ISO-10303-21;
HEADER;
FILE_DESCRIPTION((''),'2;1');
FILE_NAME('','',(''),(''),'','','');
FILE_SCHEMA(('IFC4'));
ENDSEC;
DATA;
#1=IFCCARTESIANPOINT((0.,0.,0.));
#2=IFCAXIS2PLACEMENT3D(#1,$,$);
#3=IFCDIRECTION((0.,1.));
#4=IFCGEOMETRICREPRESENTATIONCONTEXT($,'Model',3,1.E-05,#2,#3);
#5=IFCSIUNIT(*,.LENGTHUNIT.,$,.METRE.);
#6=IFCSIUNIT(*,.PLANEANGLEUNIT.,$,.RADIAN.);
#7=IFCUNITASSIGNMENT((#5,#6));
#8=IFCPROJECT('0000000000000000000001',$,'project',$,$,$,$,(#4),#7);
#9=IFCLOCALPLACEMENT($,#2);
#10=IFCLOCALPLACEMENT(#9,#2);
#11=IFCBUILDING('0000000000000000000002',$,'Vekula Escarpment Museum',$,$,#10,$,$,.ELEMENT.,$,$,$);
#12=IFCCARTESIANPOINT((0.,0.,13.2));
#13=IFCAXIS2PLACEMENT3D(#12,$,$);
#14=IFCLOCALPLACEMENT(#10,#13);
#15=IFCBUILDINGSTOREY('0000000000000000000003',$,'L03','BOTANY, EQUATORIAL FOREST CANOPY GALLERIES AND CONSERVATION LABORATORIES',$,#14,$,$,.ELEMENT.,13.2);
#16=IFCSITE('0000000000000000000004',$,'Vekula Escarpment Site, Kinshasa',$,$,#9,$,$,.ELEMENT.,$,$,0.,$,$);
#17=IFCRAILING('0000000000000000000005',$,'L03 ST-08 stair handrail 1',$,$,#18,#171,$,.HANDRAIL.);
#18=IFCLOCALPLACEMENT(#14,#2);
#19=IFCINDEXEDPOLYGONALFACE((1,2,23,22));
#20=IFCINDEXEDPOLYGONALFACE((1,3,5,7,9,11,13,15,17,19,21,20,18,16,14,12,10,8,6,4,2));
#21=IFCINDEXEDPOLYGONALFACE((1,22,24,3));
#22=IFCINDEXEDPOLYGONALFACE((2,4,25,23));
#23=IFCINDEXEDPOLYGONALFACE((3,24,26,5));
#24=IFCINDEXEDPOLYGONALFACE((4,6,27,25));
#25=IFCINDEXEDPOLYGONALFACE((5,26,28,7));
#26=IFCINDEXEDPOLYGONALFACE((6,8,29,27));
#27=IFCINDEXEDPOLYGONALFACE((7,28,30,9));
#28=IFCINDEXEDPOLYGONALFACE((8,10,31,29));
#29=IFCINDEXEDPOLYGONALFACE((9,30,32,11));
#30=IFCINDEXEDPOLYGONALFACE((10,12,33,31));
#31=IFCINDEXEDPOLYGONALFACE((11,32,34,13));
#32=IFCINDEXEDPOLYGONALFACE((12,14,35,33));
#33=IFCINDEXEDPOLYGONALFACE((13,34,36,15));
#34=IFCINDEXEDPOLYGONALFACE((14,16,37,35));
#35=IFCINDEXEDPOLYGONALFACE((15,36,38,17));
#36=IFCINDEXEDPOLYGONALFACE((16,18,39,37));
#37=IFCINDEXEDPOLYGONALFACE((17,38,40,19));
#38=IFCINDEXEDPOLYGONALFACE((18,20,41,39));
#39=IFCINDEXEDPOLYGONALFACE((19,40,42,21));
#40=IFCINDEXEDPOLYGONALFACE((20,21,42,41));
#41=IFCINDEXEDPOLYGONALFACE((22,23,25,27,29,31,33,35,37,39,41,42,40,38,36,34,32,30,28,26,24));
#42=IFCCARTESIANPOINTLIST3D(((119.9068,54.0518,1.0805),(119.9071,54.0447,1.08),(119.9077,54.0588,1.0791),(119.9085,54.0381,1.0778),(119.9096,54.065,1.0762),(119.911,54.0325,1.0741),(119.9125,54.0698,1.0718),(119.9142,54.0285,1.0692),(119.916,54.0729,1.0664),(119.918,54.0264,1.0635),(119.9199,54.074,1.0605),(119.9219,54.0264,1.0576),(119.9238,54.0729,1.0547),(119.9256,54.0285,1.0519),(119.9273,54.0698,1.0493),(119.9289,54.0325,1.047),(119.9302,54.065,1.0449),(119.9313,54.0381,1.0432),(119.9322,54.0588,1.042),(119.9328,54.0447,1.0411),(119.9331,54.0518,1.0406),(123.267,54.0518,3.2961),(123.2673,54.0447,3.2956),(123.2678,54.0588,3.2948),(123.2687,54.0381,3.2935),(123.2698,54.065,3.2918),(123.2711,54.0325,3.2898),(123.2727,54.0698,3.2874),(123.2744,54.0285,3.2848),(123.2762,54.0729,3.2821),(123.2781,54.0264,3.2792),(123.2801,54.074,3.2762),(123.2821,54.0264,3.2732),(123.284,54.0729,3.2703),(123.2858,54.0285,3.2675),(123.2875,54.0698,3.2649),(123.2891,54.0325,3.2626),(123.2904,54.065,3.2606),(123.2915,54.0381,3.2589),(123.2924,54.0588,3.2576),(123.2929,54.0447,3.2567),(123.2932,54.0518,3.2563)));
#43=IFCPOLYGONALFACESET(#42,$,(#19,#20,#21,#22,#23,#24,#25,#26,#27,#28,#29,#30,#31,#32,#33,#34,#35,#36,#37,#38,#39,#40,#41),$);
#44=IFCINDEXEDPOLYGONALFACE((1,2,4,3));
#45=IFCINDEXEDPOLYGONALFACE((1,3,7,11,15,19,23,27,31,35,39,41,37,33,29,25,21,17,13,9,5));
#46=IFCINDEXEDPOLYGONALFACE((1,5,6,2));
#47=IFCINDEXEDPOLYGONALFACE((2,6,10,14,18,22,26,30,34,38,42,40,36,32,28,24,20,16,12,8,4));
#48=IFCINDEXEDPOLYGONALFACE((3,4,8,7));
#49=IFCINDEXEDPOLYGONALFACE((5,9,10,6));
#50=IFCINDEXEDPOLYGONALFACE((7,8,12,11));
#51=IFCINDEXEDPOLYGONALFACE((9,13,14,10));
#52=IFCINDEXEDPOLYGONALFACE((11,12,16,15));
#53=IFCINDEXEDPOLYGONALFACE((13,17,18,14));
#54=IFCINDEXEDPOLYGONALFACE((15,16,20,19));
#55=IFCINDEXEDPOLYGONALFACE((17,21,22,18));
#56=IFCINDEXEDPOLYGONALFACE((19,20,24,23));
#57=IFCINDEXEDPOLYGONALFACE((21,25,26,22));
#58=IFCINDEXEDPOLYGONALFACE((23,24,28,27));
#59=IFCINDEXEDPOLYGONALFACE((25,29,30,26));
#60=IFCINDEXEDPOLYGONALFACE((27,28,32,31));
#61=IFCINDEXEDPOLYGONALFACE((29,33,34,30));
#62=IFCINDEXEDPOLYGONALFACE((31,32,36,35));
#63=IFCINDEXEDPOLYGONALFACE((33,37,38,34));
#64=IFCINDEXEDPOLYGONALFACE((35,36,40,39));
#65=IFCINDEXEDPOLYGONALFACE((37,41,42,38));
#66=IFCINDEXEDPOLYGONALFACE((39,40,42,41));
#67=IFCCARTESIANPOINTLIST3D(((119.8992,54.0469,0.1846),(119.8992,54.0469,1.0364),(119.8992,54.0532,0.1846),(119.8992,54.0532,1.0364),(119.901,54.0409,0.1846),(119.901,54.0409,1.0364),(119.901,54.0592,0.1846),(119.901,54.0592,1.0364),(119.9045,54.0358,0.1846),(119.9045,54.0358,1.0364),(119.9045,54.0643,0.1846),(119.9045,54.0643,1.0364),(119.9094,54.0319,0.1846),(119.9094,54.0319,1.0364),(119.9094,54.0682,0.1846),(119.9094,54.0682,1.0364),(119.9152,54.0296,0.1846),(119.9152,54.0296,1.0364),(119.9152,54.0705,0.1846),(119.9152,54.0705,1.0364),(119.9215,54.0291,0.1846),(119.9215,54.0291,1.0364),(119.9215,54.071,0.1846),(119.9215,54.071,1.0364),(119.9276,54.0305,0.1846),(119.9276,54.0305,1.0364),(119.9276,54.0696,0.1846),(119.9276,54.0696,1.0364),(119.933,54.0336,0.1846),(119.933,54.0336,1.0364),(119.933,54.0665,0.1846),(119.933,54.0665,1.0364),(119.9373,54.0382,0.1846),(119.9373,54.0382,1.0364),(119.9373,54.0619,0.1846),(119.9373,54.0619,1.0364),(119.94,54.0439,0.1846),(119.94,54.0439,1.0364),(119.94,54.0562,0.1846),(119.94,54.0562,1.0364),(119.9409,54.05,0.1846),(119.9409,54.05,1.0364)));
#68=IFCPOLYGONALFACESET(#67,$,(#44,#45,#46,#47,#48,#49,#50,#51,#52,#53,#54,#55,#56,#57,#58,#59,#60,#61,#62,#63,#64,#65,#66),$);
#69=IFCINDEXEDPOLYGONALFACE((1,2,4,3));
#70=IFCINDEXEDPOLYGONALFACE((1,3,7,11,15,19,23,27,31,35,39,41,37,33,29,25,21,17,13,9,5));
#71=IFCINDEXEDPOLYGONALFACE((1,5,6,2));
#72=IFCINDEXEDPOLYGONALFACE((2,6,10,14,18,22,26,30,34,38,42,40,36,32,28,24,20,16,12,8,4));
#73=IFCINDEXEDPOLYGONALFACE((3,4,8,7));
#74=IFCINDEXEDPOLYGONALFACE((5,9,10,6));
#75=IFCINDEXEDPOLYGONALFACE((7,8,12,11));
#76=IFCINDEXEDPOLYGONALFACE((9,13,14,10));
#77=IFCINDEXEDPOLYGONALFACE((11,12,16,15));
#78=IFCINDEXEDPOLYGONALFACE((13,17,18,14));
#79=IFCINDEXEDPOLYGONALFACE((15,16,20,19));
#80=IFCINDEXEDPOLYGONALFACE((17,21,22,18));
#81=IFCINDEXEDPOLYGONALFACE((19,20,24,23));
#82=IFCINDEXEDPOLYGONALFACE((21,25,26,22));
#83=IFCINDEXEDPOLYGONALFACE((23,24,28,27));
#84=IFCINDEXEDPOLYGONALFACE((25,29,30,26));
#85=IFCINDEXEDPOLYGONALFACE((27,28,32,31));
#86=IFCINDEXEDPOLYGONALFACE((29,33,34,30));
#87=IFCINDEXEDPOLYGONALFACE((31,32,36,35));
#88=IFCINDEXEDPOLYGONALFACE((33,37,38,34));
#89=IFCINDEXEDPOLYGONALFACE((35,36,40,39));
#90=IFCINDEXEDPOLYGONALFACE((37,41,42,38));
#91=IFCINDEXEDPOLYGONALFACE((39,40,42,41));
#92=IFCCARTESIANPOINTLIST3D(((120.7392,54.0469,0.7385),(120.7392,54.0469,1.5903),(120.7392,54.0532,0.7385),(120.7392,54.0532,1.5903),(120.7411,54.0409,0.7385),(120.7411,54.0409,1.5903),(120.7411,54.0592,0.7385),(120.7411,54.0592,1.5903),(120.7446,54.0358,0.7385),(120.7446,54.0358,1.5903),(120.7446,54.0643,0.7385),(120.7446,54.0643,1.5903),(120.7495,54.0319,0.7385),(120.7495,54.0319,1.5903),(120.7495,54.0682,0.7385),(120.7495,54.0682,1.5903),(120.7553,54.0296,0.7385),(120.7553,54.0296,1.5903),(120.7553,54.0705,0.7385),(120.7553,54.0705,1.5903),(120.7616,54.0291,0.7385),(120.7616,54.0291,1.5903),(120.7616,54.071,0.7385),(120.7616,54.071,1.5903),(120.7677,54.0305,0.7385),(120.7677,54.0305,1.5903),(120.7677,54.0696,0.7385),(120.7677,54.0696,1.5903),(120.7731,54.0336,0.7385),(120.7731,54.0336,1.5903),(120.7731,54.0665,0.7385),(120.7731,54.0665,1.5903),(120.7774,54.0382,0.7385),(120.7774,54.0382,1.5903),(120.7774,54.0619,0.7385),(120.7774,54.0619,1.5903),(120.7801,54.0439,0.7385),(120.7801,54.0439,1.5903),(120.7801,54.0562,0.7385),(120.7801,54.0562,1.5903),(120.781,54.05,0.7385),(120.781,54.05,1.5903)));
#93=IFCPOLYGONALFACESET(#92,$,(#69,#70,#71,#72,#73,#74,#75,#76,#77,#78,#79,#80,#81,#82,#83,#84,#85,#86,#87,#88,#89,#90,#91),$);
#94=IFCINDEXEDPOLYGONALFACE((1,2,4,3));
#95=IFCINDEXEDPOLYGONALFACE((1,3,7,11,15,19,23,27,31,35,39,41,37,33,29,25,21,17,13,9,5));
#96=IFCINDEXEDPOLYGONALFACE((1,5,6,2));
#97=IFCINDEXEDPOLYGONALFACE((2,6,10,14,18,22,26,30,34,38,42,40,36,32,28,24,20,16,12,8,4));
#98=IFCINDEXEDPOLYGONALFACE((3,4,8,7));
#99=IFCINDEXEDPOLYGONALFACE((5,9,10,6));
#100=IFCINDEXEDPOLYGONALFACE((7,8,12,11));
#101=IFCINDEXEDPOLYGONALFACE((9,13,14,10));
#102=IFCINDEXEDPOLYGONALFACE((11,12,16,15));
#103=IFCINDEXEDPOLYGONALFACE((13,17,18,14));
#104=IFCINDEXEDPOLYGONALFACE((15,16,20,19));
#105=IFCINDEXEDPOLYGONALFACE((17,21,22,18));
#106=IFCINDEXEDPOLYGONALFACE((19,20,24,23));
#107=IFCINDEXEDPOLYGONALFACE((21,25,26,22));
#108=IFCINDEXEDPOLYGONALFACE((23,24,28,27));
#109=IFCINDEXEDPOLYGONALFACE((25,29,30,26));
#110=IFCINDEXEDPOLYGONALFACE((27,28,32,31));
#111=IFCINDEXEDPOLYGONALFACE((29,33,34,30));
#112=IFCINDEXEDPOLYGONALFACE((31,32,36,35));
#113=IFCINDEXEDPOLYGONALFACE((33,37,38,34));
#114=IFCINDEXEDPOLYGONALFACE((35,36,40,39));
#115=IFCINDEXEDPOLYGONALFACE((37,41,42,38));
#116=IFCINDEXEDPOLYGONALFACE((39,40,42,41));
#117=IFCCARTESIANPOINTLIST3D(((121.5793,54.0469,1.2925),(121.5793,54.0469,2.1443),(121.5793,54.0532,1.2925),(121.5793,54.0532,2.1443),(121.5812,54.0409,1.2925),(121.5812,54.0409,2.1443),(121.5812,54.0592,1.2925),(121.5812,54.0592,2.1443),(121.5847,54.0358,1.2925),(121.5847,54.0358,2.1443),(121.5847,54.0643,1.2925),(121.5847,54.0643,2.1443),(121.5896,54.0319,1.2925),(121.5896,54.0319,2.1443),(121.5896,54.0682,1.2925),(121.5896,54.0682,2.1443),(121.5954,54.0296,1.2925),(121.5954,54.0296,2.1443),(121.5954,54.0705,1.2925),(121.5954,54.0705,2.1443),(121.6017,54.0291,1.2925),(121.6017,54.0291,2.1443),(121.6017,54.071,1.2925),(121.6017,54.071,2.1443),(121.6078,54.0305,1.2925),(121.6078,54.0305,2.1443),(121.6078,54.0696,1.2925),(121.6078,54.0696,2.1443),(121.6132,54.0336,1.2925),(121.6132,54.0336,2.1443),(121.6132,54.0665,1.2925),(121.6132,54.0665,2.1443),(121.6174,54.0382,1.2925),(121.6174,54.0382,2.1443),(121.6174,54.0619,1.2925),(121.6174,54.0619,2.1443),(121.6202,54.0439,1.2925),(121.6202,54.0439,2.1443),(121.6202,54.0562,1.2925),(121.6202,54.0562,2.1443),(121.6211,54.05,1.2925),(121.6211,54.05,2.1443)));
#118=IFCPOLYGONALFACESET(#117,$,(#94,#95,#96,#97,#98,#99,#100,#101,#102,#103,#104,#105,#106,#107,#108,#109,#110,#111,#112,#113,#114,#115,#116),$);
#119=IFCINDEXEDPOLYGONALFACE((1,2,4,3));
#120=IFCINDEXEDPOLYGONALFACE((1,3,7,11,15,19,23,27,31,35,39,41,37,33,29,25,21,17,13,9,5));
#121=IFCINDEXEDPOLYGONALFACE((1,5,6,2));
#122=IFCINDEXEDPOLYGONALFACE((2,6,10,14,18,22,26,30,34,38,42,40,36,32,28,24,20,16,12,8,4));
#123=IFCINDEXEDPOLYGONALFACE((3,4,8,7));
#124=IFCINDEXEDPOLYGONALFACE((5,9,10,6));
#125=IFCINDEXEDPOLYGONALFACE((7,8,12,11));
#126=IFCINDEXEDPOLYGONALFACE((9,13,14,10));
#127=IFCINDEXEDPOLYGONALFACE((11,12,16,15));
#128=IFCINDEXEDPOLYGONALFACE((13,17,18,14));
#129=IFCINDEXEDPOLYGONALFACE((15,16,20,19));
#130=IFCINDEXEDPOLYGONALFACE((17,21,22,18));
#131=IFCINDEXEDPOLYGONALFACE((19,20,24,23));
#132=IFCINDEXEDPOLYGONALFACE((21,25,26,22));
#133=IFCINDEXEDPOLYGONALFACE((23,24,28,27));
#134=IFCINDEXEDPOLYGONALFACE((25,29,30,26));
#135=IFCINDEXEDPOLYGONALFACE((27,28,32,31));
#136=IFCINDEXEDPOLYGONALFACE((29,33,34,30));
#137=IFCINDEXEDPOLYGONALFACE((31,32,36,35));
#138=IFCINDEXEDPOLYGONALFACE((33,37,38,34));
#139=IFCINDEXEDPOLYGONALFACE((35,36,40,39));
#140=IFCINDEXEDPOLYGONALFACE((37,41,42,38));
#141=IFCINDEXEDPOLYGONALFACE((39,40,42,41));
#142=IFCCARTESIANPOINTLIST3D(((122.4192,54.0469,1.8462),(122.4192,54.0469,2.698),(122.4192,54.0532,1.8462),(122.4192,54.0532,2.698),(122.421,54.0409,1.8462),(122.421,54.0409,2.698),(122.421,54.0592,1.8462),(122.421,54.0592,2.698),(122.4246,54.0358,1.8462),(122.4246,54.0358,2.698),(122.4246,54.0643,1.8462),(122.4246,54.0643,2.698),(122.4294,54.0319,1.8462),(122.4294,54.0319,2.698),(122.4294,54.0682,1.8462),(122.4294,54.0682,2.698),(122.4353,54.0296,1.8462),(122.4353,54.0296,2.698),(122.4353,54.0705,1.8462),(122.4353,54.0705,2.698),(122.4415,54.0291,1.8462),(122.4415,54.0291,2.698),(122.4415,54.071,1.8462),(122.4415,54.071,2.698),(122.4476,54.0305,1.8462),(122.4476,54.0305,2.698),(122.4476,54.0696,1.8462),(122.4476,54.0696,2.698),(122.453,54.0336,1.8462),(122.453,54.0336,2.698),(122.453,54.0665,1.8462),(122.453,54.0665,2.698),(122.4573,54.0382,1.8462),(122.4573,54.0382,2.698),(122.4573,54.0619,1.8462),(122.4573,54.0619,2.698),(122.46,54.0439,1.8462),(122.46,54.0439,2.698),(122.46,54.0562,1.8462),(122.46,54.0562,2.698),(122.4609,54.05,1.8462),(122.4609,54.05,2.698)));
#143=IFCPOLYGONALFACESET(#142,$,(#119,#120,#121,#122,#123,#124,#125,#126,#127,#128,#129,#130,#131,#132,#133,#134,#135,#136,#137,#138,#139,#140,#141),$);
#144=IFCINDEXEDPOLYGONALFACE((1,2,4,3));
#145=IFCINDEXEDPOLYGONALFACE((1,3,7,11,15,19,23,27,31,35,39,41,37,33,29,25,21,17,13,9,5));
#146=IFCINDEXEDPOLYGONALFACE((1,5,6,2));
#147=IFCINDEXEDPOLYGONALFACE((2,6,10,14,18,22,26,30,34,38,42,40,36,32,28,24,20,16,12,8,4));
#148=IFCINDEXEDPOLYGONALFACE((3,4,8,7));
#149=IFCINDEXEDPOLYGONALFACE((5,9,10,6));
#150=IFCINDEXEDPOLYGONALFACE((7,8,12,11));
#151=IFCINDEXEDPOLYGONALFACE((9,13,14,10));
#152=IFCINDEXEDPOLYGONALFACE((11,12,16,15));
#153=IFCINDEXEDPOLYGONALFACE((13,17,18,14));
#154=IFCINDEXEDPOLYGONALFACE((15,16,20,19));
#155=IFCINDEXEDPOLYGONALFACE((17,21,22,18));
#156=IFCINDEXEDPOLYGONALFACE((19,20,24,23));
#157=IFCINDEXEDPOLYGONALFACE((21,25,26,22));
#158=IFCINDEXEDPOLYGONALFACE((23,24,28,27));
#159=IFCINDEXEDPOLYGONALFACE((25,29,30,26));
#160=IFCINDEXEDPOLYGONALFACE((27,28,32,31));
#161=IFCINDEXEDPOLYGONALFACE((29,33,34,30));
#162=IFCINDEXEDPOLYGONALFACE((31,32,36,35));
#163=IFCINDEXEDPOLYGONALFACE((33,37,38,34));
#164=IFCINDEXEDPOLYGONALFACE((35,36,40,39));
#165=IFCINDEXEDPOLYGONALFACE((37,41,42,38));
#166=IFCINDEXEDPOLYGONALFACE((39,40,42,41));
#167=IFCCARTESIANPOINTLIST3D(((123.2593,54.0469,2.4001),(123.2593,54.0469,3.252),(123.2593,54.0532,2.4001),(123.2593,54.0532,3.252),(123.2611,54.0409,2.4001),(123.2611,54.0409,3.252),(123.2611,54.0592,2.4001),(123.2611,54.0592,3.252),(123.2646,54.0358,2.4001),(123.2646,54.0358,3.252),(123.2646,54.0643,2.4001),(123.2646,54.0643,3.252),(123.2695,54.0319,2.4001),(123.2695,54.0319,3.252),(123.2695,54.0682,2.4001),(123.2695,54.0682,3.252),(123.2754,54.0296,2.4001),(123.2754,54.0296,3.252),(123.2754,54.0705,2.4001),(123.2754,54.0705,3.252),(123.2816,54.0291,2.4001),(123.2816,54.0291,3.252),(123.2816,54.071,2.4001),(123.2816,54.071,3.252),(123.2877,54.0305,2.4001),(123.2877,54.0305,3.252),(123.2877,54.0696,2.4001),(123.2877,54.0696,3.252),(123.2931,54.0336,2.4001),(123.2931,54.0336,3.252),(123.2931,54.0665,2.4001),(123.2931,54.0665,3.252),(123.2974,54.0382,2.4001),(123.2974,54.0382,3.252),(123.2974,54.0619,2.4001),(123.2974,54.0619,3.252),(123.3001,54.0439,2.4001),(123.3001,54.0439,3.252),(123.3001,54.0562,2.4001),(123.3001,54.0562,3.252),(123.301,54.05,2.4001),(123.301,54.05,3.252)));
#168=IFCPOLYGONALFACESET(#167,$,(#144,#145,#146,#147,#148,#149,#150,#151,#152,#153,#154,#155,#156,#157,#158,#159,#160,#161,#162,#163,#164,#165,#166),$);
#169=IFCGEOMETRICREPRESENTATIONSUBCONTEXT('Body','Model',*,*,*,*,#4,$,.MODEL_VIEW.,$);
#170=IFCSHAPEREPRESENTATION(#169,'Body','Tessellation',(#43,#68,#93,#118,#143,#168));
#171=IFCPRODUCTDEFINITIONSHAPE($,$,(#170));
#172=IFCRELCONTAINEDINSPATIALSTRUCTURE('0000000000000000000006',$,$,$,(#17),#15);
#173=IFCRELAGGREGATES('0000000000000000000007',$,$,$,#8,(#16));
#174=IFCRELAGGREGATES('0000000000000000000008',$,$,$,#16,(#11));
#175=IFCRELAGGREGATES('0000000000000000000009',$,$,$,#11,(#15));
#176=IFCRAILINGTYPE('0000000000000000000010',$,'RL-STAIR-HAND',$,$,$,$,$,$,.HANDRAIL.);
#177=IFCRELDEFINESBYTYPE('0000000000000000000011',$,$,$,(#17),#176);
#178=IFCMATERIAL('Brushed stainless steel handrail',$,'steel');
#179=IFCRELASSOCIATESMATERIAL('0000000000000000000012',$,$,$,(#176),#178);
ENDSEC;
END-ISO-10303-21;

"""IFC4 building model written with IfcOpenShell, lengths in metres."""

from ifc_helpers import new_model, si_unit, direction, frame, origin, origin_2d, place, context, subcontext, project, spatial, circle, extrude, material, type_object, element, save


model = new_model("IFC4")

# Units and contexts
model_context = context("Model", 3, precision=1e-05, world=origin(), true_north=direction((0.0, 1.0)))
body_context = subcontext(model_context, "Body", "Model", "MODEL_VIEW")
ifc_project = project(units=[si_unit("LENGTHUNIT", "METRE"), si_unit("PLANEANGLEUNIT", "RADIAN")], contexts=[model_context])

# Site, building, storey
site_placement = place(None, origin())
site = spatial("IfcSite", under=ifc_project, at=site_placement, Name="Vekula Escarpment Site, Kinshasa", CompositionType="ELEMENT", RefElevation=0.0)
building_placement = place(site_placement, origin())
building = spatial("IfcBuilding", under=site, at=building_placement, Name="Vekula Escarpment Museum", CompositionType="ELEMENT")
storey_placement = place(building_placement, frame((0.0, 0.0, 13.2)))
storey = spatial("IfcBuildingStorey", under=building, at=storey_placement, Name="L03", Description="BOTANY, EQUATORIAL FOREST CANOPY GALLERIES AND CONSERVATION LABORATORIES", CompositionType="ELEMENT", Elevation=13.2)

# Railing
ifc_material_1 = material(Name="Brushed stainless steel handrail", Category="steel")
railing_type_1 = type_object("IfcRailingType", Name="RL-STAIR-HAND", PredefinedType="HANDRAIL", material=ifc_material_1)
railing_1_placement = place(storey_placement, frame((119.9199, 54.05, 0.1846)))
element("IfcRailing", 1, at=railing_1_placement, inside=storey, type_object=railing_type_1, Name="L03 ST-08 stair handrail 1", PredefinedType="HANDRAIL", context=body_context, shape_type="SweptSolid", body=[
    extrude(circle(Radius=0.0239, at=origin_2d()), frame((0.0, 0.0, 0.876), z_axis=(0.834849, 0.0, 0.55048), x_axis=(0.0, 1.0, 0.0)), (0.0, 0.0, 1.0), 4.0249),
    extrude(circle(Radius=0.021, at=origin_2d()), origin(), (0.0, 0.0, 1.0), 0.8518),
    extrude(circle(Radius=0.021, at=origin_2d()), frame((0.8401, 0.0, 0.554)), (0.0, 0.0, 1.0), 0.8518),
    extrude(circle(Radius=0.021, at=origin_2d()), frame((1.6802, 0.0, 1.1079)), (0.0, 0.0, 1.0), 0.8518),
    extrude(circle(Radius=0.021, at=origin_2d()), frame((2.52, 0.0, 1.6616)), (0.0, 0.0, 1.0), 0.8518),
    extrude(circle(Radius=0.021, at=origin_2d()), frame((3.3601, 0.0, 2.2156)), (0.0, 0.0, 1.0), 0.8518),
])

save(model, "model.ifc")
